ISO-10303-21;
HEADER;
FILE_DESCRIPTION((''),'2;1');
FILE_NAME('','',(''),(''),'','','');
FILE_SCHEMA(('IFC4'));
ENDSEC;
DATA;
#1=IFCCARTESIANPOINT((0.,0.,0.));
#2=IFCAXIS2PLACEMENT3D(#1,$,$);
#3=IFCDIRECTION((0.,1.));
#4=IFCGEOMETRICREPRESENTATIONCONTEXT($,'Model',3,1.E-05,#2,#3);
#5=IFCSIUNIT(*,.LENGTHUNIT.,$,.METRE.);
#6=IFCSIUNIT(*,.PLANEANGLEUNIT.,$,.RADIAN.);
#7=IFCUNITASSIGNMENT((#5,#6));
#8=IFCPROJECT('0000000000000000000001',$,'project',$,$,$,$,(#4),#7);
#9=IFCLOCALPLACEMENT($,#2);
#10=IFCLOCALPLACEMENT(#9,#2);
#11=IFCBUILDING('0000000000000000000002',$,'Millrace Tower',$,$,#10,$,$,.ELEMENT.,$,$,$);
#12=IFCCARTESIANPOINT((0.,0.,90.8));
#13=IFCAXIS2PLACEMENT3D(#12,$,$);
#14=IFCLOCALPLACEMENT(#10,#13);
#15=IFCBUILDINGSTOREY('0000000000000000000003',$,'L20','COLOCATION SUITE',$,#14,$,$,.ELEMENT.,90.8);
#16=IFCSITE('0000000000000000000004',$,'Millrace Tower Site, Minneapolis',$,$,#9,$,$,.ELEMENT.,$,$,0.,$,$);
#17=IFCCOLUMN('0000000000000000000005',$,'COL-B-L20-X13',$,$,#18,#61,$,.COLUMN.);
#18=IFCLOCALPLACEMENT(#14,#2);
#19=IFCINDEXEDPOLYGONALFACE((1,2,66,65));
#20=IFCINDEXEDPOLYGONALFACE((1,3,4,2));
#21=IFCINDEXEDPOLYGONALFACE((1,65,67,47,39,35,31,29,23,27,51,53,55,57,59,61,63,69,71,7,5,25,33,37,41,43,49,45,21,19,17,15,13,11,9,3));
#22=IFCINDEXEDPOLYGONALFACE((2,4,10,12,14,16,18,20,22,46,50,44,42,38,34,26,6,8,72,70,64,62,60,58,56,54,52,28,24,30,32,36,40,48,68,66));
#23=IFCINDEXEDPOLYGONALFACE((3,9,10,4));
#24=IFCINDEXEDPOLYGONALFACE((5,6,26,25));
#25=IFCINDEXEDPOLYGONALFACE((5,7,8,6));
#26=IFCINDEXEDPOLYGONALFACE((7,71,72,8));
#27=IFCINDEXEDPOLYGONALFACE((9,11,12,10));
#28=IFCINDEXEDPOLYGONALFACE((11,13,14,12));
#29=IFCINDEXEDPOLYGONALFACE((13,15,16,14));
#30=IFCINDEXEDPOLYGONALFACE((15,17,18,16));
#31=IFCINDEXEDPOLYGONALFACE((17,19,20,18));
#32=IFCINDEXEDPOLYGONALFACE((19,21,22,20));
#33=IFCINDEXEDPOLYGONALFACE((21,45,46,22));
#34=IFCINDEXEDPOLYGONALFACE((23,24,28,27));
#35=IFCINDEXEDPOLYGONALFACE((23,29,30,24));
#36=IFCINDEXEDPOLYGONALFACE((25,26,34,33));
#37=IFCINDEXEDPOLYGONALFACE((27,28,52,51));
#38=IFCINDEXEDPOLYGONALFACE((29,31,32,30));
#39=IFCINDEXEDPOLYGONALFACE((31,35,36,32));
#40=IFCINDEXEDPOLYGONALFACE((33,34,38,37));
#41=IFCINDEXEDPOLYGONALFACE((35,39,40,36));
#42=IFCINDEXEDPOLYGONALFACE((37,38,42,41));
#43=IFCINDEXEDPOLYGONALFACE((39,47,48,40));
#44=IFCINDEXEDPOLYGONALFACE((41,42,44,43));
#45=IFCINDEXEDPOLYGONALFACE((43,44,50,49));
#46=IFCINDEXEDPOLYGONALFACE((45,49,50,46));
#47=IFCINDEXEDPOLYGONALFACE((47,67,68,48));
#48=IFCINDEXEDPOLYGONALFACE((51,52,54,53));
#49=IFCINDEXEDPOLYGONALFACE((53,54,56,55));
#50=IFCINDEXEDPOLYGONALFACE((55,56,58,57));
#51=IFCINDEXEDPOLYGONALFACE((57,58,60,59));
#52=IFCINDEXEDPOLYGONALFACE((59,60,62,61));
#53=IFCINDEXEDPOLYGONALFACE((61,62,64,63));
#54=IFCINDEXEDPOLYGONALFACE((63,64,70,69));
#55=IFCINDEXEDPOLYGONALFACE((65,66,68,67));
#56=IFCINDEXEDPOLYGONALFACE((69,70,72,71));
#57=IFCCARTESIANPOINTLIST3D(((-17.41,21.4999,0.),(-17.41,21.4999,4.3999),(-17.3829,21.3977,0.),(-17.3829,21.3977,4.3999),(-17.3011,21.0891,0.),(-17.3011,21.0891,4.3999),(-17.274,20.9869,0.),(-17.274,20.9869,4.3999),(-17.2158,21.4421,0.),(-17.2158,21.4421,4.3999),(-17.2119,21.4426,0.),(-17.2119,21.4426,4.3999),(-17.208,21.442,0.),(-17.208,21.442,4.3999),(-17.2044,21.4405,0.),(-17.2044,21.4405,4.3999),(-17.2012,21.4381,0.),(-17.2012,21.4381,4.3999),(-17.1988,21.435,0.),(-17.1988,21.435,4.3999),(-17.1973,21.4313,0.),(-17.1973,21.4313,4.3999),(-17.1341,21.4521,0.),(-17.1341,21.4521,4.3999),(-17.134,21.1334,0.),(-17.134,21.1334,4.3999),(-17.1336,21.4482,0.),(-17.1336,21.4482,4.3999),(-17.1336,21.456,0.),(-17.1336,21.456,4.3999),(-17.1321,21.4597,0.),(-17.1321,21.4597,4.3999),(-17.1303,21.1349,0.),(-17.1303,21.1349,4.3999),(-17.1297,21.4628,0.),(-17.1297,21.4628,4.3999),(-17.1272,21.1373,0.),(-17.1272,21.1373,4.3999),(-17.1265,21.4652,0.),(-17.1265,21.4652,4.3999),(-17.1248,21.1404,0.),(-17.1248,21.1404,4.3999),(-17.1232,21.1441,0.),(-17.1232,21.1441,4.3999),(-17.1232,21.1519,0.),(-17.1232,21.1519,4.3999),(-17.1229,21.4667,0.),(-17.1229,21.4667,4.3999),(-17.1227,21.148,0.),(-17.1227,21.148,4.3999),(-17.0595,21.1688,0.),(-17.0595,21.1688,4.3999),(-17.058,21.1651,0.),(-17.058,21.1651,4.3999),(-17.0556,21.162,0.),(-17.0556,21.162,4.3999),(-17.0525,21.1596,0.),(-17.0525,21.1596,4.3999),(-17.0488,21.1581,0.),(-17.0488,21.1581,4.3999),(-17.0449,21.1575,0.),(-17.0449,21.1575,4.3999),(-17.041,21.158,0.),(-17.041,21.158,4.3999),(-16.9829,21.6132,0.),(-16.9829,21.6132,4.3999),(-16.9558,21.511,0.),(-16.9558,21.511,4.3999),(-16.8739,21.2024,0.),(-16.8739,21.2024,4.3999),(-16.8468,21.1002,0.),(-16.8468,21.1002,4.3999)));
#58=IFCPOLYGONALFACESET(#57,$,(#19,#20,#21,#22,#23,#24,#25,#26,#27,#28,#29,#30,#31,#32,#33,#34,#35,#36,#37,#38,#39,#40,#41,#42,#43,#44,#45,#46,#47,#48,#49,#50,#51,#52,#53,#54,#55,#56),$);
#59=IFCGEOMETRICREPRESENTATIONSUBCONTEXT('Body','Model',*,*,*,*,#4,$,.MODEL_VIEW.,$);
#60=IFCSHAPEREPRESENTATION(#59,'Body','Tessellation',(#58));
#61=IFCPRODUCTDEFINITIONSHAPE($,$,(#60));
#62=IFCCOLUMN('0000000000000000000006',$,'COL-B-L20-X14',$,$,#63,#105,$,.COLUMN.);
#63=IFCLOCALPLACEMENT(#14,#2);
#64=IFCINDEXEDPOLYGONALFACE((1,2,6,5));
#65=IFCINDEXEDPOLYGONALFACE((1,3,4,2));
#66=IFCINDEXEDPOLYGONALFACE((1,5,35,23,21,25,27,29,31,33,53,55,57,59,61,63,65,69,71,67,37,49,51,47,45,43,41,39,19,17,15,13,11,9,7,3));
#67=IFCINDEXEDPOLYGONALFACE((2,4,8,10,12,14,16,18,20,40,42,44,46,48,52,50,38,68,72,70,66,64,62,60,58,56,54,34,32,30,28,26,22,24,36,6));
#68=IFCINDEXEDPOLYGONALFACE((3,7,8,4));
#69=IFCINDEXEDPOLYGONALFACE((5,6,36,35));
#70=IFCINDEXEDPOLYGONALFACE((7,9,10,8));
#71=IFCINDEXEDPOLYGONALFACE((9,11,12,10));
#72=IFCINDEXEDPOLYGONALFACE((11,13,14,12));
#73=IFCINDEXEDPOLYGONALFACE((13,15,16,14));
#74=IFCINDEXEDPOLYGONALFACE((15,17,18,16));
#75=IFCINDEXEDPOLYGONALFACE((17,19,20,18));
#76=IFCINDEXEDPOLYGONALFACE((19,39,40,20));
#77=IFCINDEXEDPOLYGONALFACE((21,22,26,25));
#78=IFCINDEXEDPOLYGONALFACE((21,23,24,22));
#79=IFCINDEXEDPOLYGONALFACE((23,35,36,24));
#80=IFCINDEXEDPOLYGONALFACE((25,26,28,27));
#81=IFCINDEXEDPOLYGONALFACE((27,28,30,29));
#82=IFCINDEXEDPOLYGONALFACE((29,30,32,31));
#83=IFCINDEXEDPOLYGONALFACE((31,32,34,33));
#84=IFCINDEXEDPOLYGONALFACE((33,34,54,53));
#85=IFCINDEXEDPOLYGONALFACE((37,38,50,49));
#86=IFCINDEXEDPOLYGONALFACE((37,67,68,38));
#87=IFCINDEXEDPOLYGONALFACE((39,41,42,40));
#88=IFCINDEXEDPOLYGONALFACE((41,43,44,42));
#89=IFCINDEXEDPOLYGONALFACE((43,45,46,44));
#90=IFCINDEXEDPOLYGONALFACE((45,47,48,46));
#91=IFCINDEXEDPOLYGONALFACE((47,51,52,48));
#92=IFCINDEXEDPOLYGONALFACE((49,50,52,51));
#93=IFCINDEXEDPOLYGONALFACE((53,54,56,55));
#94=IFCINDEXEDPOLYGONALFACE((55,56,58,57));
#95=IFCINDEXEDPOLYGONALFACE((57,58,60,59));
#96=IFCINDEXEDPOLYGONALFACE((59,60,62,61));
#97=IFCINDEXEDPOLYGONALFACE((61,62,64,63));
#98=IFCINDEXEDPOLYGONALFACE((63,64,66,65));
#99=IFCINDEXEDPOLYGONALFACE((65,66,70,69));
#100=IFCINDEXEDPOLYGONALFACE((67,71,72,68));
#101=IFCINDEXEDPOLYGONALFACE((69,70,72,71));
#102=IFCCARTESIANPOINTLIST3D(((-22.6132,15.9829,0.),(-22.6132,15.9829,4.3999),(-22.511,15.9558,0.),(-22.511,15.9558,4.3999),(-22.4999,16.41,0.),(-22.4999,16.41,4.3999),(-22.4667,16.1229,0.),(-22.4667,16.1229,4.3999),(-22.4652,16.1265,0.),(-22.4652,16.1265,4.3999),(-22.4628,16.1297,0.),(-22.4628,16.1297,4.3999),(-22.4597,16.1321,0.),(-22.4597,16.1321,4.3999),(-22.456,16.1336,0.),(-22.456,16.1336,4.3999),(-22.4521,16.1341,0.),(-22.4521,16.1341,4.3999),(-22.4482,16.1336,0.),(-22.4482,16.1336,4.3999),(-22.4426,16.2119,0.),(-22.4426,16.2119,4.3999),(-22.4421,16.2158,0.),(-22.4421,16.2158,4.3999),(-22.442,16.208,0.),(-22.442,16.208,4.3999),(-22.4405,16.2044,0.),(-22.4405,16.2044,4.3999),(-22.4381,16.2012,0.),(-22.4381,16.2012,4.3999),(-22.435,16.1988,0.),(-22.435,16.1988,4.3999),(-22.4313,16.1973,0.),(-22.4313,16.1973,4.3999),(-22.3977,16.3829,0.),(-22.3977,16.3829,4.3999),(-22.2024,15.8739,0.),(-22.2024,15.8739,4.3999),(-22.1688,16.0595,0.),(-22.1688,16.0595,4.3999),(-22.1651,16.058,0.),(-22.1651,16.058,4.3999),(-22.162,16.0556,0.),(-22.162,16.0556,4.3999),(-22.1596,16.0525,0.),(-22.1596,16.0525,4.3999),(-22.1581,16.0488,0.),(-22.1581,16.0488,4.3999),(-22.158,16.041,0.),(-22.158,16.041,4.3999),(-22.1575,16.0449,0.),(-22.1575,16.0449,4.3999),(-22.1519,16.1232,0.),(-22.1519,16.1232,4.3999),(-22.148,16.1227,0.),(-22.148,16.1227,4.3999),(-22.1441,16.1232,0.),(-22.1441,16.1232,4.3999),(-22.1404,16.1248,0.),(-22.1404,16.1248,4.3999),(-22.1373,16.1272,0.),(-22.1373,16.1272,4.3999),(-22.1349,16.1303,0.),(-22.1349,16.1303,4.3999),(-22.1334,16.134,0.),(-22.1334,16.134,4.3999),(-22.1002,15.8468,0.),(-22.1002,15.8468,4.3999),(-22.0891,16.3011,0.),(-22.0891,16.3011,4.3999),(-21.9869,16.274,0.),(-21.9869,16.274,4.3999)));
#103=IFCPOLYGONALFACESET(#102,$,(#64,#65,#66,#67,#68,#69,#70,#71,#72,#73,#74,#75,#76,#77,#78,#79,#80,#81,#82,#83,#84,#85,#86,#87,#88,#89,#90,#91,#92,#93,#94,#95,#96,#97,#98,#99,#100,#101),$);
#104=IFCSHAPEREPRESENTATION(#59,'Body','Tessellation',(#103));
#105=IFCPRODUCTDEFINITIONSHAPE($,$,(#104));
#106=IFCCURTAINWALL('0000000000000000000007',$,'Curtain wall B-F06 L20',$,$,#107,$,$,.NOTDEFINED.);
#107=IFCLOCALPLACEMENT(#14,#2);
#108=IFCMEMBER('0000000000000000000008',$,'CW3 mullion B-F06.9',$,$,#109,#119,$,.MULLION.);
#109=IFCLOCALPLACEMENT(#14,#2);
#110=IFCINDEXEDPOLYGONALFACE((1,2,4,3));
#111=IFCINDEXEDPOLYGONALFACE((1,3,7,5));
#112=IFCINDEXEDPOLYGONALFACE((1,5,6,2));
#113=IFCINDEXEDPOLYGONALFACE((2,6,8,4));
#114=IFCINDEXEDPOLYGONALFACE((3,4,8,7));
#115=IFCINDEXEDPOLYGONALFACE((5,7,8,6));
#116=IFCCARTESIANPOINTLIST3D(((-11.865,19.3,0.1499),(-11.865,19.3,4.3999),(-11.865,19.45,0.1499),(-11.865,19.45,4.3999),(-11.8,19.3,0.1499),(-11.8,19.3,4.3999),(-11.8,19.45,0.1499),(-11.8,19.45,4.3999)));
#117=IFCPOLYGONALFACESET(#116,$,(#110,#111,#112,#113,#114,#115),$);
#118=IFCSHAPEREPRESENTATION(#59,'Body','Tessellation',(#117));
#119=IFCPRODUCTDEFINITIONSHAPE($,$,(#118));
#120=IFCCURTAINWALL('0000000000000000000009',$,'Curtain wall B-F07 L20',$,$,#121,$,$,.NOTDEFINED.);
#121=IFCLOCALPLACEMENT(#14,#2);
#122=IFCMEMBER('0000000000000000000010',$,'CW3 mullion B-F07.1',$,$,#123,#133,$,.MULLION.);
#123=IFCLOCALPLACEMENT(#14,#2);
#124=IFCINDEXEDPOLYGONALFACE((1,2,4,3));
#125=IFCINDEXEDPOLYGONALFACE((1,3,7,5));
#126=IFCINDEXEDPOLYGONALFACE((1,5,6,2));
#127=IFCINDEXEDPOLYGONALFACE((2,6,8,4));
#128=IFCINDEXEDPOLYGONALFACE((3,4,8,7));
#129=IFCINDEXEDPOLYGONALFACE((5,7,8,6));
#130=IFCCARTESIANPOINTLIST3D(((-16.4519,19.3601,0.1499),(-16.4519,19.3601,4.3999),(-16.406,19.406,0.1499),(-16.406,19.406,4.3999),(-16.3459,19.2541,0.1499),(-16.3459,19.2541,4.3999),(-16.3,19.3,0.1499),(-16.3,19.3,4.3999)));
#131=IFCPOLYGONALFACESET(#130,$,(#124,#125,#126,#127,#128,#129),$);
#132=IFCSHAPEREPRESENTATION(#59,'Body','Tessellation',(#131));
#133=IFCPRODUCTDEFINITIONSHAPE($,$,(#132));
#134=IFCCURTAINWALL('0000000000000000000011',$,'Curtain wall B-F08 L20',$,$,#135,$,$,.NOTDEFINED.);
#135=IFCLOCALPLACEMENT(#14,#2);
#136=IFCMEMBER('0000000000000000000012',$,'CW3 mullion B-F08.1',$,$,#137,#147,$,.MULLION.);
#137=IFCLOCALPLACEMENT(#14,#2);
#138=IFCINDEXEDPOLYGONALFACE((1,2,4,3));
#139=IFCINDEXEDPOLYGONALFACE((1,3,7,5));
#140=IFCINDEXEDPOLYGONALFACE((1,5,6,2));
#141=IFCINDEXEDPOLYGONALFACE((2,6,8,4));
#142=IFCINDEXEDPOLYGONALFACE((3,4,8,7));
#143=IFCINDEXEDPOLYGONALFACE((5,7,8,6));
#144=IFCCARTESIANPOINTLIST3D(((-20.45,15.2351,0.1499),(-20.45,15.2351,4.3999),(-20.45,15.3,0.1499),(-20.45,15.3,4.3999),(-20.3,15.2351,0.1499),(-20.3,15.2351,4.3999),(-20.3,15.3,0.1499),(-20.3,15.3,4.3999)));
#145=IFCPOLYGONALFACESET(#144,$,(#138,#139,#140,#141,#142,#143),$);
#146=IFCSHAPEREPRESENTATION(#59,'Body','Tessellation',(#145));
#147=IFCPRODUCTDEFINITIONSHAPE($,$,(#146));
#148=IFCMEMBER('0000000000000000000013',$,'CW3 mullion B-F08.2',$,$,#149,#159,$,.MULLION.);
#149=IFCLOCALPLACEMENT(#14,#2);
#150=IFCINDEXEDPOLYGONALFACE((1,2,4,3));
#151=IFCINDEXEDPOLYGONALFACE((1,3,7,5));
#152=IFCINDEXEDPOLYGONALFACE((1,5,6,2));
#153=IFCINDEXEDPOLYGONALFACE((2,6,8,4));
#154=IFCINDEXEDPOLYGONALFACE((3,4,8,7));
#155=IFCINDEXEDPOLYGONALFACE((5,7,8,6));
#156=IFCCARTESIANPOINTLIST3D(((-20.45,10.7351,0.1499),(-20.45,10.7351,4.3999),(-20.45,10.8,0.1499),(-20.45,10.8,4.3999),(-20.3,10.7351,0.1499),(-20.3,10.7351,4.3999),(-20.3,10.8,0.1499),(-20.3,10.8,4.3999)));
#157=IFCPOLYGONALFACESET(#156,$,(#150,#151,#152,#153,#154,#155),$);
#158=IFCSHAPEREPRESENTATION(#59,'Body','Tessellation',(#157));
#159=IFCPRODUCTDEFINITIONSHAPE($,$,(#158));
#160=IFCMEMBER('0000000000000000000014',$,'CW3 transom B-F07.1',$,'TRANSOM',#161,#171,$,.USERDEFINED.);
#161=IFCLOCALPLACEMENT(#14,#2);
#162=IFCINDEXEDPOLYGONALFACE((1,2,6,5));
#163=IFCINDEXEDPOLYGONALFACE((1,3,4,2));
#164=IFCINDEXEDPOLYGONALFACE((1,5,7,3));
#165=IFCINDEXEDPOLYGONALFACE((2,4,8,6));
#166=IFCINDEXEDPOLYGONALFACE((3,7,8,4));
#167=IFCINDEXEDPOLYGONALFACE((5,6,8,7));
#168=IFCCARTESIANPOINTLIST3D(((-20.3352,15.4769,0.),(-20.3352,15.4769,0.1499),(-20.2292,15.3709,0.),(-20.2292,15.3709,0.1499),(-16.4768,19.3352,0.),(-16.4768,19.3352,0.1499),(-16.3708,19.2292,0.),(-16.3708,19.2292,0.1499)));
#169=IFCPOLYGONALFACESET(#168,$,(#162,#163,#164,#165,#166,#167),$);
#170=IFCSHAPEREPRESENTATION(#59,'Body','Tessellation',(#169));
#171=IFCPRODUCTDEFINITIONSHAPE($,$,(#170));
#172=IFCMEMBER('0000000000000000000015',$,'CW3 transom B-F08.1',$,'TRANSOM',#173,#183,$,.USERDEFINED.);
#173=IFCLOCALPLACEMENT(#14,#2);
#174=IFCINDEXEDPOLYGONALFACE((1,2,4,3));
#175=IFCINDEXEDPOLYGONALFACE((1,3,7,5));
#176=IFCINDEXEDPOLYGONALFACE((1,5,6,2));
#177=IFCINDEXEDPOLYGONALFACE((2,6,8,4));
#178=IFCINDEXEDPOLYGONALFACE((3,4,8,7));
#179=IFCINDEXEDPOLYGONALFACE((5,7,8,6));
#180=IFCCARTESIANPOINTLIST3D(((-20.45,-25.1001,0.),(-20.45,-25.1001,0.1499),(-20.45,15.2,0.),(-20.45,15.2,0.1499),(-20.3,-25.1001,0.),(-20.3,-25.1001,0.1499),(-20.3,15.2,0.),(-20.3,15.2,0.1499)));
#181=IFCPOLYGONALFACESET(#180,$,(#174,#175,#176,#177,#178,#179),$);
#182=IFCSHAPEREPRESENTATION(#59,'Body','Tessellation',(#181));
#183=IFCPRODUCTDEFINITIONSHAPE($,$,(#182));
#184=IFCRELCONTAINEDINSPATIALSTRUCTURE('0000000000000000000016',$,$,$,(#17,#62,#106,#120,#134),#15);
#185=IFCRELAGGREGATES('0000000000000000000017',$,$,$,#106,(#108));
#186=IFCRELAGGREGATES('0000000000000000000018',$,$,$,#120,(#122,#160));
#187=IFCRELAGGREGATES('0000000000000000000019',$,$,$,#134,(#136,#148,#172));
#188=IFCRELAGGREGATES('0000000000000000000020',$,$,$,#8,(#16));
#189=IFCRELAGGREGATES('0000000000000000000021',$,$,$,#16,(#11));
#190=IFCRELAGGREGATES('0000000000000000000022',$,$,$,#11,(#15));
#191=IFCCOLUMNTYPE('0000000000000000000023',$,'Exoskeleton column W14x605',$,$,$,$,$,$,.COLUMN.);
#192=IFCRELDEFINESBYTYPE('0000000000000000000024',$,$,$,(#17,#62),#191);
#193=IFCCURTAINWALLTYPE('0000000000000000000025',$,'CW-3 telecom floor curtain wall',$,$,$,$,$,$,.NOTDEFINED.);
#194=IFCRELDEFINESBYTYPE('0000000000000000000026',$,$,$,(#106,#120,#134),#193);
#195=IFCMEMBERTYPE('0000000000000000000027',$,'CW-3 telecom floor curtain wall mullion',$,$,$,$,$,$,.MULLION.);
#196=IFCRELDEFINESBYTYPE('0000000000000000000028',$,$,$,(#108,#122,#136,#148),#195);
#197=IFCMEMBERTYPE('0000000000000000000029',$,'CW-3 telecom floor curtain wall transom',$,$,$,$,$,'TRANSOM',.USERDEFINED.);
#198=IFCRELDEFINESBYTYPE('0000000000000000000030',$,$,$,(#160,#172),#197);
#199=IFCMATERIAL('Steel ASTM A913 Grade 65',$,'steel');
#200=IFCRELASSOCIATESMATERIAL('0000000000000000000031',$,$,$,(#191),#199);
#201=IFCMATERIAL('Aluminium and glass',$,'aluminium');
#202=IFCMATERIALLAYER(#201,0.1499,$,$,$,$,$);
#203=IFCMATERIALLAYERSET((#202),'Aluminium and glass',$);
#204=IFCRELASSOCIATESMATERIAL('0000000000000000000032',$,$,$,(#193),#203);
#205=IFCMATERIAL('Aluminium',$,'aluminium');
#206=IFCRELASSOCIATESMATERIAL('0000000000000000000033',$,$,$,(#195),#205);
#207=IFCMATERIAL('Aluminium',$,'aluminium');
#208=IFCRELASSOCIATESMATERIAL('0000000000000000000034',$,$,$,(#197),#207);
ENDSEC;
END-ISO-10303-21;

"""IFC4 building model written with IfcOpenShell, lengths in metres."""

from ifc_helpers import new_model, si_unit, direction, frame, origin, origin_2d, place, context, subcontext, project, spatial, rectangle, i_section, extrude, material, layer, layer_set, material_profile, profile_set, type_object, element, aggregate, save


model = new_model("IFC4")

# Units and contexts
model_context = context("Model", 3, precision=1e-05, world=origin(), true_north=direction((0.0, 1.0)))
body_context = subcontext(model_context, "Body", "Model", "MODEL_VIEW")
ifc_project = project(units=[si_unit("LENGTHUNIT", "METRE"), si_unit("PLANEANGLEUNIT", "RADIAN")], contexts=[model_context])

# Site, building, storey
site_placement = place(None, origin())
site = spatial("IfcSite", under=ifc_project, at=site_placement, Name="Millrace Tower Site, Minneapolis", CompositionType="ELEMENT", RefElevation=0.0)
building_placement = place(site_placement, origin())
building = spatial("IfcBuilding", under=site, at=building_placement, Name="Millrace Tower", CompositionType="ELEMENT")
storey_placement = place(building_placement, frame((0.0, 0.0, 90.8)))
storey = spatial("IfcBuildingStorey", under=building, at=storey_placement, Name="L20", Description="COLOCATION SUITE", CompositionType="ELEMENT", Elevation=90.8)

# Columns
ifc_material_1 = material(Name="Steel ASTM A913 Grade 65", Category="steel")
ifc_material_profile_1 = material_profile(ifc_material_1, i_section(OverallWidth=0.4419, OverallDepth=0.5308, WebThickness=0.0659, FlangeThickness=0.1057, FilletRadius=0.0151, at=origin_2d()))
ifc_profile_set_1 = profile_set([ifc_material_profile_1], Name="Steel ASTM A913 Grade 65")
column_type = type_object("IfcColumnType", Name="Exoskeleton column W14x605", PredefinedType="COLUMN", material=ifc_profile_set_1)
for number, where, z_axis, x_axis, name in (
    (1, (-17.1284, 21.3, 0.0), (0.0, 0.0, 1.0), (-0.966585, -0.256347, 0.0), "COL-B-L20-X13"),
    (2, (-22.3, 16.1284, 0.0), (0.0, 0.0, 1.0), (-0.256347, -0.966585, 0.0), "COL-B-L20-X14"),
):
    element("IfcColumn", number, at=place(storey_placement, frame(where, z_axis=z_axis, x_axis=x_axis)), inside=storey, type_object=column_type, Name=name, PredefinedType="COLUMN", context=body_context, shape_type="SweptSolid", body=[
        extrude(i_section(OverallWidth=0.4419, OverallDepth=0.5308, WebThickness=0.0659, FlangeThickness=0.1057, FilletRadius=0.0151, at=origin_2d()), origin(), (0.0, 0.0, 1.0), 4.3999),
    ])

# Curtain walls, members
ifc_material_2 = material(Name="Aluminium and glass", Category="aluminium")
ifc_layer_1 = layer(ifc_material_2, 0.1499)
ifc_layer_set_1 = layer_set([ifc_layer_1], Name="Aluminium and glass")
curtain_wall_type = type_object("IfcCurtainWallType", Name="CW-3 telecom floor curtain wall", PredefinedType="NOTDEFINED", material=ifc_layer_set_1)
placement = place(storey_placement, origin())
curtain_wall_1 = element("IfcCurtainWall", 3, at=placement, inside=storey, type_object=curtain_wall_type, Name="Curtain wall B-F06 L20", PredefinedType="NOTDEFINED")
ifc_material_3 = material(Name="Aluminium", Category="aluminium")
ifc_material_profile_2 = material_profile(ifc_material_3, rectangle(XDim=0.0649, YDim=0.1499, at=origin_2d()))
ifc_profile_set_2 = profile_set([ifc_material_profile_2], Name="Aluminium")
member_type_1 = type_object("IfcMemberType", Name="CW-3 telecom floor curtain wall mullion", PredefinedType="MULLION", material=ifc_profile_set_2)
member_1_placement = place(storey_placement, frame((-11.8325, 19.375, 0.1499), z_axis=(0.0, 0.0, 1.0), x_axis=(-1.0, 0.0, 0.0)))
member_1 = element("IfcMember", 4, at=member_1_placement, type_object=member_type_1, Name="CW3 mullion B-F06.9", PredefinedType="MULLION", context=body_context, shape_type="SweptSolid", body=[
    extrude(rectangle(XDim=0.0649, YDim=0.1499, at=origin_2d()), origin(), (0.0, 0.0, 1.0), 4.25),
])
aggregate(curtain_wall_1, [member_1])
curtain_wall_2 = element("IfcCurtainWall", 5, at=placement, inside=storey, type_object=curtain_wall_type, Name="Curtain wall B-F07 L20", PredefinedType="NOTDEFINED")
member_2_placement = place(storey_placement, frame((-16.376, 19.3301, 0.1499), z_axis=(0.0, 0.0, 1.0), x_axis=(-0.707107, -0.707107, 0.0)))
member_2 = element("IfcMember", 6, at=member_2_placement, type_object=member_type_1, Name="CW3 mullion B-F07.1", PredefinedType="MULLION", context=body_context, shape_type="SweptSolid", body=[
    extrude(rectangle(XDim=0.0649, YDim=0.1499, at=origin_2d()), origin(), (0.0, 0.0, 1.0), 4.25),
])

# Curtain wall, members
curtain_wall_3 = element("IfcCurtainWall", 7, at=placement, inside=storey, type_object=curtain_wall_type, Name="Curtain wall B-F08 L20", PredefinedType="NOTDEFINED")
member_3_placement = place(storey_placement, frame((-20.375, 15.2676, 0.1499), z_axis=(0.0, 0.0, 1.0), x_axis=(0.0, -1.0, 0.0)))
member_3 = element("IfcMember", 8, at=member_3_placement, type_object=member_type_1, Name="CW3 mullion B-F08.1", PredefinedType="MULLION", context=body_context, shape_type="SweptSolid", body=[
    extrude(rectangle(XDim=0.0649, YDim=0.1499, at=origin_2d()), origin(), (0.0, 0.0, 1.0), 4.25),
])
member_4_placement = place(storey_placement, frame((-20.375, 10.7676, 0.1499), z_axis=(0.0, 0.0, 1.0), x_axis=(0.0, -1.0, 0.0)))
member_4 = element("IfcMember", 9, at=member_4_placement, type_object=member_type_1, Name="CW3 mullion B-F08.2", PredefinedType="MULLION", context=body_context, shape_type="SweptSolid", body=[
    extrude(rectangle(XDim=0.0649, YDim=0.1499, at=origin_2d()), origin(), (0.0, 0.0, 1.0), 4.25),
])

# Members
ifc_material_4 = material(Name="Aluminium", Category="aluminium")
ifc_material_profile_3 = material_profile(ifc_material_4, rectangle(XDim=0.1499, YDim=0.1499, at=origin_2d()))
ifc_profile_set_3 = profile_set([ifc_material_profile_3], Name="Aluminium")
member_type_2 = type_object("IfcMemberType", Name="CW-3 telecom floor curtain wall transom", ElementType="TRANSOM", PredefinedType="USERDEFINED", material=ifc_profile_set_3)
member_5_placement = place(storey_placement, frame((-16.4238, 19.2822, 0.075), z_axis=(-0.707107, -0.707107, 0.0), x_axis=(0.707107, -0.707107, 0.0)))
member_5 = element("IfcMember", 10, at=member_5_placement, type_object=member_type_2, Name="CW3 transom B-F07.1", ObjectType="TRANSOM", PredefinedType="USERDEFINED", context=body_context, shape_type="SweptSolid", body=[
    extrude(rectangle(XDim=0.1499, YDim=0.1499, at=origin_2d()), origin(), (0.0, 0.0, 1.0), 5.4565),
])
aggregate(curtain_wall_2, [member_2, member_5])
member_6_placement = place(storey_placement, frame((-20.375, 15.2, 0.075), z_axis=(0.0, -1.0, 0.0), x_axis=(1.0, 0.0, 0.0)))
member_6 = element("IfcMember", 11, at=member_6_placement, type_object=member_type_2, Name="CW3 transom B-F08.1", ObjectType="TRANSOM", PredefinedType="USERDEFINED", context=body_context, shape_type="SweptSolid", body=[
    extrude(rectangle(XDim=0.1499, YDim=0.1499, at=origin_2d()), origin(), (0.0, 0.0, 1.0), 40.3),
])
aggregate(curtain_wall_3, [member_3, member_4, member_6])

save(model, "model.ifc")
